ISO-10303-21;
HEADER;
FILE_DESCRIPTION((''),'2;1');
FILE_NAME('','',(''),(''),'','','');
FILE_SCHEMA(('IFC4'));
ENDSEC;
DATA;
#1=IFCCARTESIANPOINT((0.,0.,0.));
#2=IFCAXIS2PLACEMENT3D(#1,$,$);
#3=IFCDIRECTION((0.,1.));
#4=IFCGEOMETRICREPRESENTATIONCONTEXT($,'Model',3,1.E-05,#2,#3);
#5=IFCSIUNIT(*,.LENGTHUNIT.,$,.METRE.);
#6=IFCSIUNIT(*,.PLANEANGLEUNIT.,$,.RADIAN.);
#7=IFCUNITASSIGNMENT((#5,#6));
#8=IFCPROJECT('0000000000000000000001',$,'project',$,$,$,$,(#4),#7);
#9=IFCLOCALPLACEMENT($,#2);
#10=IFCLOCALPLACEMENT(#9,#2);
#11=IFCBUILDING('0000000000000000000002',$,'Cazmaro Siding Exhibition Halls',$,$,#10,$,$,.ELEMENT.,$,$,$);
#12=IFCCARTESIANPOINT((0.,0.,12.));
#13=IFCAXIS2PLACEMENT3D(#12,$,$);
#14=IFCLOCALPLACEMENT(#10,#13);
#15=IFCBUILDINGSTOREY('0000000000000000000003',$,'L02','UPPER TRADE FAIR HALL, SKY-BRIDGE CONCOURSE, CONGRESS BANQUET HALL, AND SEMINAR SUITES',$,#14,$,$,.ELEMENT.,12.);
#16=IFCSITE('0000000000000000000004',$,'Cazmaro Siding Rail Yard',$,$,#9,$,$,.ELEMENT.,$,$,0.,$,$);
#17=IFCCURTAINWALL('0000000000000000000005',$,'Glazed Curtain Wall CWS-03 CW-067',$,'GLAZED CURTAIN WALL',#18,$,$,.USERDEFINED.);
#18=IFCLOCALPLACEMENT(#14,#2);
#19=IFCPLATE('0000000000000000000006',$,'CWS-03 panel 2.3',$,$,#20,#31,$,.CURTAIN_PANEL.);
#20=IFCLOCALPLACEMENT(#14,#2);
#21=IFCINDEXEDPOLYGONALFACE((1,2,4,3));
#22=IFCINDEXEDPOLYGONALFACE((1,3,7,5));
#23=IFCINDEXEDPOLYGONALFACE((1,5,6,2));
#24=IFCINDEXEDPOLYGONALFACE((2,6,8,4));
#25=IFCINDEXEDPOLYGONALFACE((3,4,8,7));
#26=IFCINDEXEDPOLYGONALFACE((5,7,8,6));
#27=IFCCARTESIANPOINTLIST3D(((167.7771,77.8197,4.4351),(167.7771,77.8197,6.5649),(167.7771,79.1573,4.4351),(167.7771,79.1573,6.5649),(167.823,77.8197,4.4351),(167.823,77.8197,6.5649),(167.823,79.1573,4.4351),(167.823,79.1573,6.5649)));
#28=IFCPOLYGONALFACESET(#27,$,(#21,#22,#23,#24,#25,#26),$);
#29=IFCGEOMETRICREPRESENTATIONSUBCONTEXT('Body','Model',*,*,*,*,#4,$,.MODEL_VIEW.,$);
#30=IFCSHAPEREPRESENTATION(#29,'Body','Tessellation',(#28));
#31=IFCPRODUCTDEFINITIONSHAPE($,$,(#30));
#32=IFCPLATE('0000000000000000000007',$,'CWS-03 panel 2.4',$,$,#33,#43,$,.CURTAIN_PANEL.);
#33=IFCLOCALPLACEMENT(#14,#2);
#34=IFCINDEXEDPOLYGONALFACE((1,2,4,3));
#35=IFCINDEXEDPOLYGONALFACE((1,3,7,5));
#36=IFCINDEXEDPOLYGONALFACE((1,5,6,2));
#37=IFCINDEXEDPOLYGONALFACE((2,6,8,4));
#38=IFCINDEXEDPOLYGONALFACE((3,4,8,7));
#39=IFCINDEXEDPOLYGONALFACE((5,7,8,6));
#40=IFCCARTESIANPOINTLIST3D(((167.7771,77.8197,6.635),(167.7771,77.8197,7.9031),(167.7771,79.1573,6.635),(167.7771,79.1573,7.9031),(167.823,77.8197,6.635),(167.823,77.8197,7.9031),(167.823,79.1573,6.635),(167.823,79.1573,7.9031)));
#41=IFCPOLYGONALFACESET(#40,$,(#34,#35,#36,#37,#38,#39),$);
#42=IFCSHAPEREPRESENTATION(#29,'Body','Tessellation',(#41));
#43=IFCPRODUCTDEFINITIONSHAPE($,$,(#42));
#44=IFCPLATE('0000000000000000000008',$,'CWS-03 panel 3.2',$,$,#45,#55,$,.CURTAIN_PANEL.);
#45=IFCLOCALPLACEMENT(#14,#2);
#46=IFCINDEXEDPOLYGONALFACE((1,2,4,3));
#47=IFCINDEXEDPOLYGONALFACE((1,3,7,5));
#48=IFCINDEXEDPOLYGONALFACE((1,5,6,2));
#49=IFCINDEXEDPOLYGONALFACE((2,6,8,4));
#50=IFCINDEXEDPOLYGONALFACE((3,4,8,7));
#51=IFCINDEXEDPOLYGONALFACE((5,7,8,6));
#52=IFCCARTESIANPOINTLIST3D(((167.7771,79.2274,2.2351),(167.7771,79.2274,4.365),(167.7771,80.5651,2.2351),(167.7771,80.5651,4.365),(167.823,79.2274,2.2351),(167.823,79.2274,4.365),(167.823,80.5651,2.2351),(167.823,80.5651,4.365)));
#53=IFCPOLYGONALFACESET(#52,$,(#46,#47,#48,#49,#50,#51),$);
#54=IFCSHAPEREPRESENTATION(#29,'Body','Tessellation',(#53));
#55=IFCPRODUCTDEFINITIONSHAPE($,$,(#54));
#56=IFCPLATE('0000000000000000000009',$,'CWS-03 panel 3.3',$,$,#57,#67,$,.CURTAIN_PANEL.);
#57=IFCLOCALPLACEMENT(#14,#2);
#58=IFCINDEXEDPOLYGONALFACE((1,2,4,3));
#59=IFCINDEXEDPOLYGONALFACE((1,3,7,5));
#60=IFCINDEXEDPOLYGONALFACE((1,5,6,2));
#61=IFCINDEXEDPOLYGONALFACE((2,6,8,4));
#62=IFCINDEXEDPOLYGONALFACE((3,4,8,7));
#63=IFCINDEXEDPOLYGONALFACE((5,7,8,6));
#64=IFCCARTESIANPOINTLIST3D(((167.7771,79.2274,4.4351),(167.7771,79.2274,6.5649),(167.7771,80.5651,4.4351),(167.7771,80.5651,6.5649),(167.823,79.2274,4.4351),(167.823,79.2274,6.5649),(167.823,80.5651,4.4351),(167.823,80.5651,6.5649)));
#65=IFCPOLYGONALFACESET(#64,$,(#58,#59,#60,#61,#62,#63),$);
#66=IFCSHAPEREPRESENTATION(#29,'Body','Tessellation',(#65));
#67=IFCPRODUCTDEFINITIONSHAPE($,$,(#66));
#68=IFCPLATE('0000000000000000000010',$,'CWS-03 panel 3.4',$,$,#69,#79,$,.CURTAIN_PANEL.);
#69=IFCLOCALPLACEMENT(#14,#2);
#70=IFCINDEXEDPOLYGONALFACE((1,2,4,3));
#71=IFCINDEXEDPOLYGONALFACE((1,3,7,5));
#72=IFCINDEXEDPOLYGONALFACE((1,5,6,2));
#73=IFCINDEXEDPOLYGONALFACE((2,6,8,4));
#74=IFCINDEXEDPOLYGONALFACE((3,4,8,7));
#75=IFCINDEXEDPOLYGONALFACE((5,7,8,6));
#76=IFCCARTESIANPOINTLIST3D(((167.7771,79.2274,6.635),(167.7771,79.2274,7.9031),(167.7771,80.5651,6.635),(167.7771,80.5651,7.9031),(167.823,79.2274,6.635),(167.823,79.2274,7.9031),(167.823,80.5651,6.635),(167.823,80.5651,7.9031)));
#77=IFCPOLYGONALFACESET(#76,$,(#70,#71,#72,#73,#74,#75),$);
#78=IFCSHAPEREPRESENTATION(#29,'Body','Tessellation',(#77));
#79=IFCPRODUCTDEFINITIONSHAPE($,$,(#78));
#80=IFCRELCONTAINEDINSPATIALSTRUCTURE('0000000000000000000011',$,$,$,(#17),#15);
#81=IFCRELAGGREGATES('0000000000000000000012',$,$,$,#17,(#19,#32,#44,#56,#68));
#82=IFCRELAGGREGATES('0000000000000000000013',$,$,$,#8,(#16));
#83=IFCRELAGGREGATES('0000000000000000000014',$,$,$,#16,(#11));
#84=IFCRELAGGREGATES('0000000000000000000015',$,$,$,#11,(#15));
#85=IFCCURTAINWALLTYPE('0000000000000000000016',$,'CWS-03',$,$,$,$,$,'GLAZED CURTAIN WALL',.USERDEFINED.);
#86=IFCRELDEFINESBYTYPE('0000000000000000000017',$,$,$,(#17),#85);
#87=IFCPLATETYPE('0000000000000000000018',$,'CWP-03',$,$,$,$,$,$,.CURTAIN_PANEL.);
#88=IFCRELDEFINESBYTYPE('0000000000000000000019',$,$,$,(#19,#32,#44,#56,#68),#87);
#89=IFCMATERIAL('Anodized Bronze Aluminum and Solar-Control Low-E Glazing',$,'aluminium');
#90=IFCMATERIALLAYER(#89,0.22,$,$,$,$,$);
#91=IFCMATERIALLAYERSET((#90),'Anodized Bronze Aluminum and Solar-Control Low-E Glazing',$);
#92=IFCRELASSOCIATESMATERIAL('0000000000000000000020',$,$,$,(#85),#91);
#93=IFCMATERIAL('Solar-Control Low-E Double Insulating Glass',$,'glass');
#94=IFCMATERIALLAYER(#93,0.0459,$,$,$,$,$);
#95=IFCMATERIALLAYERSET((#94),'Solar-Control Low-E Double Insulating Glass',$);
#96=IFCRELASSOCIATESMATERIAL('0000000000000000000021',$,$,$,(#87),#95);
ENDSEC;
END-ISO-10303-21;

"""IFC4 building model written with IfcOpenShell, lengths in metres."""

from ifc_helpers import new_model, si_unit, direction, frame, origin, origin_2d, place, context, subcontext, project, spatial, rectangle, extrude, material, layer, layer_set, type_object, element, aggregate, save


model = new_model("IFC4")

# Units and contexts
model_context = context("Model", 3, precision=1e-05, world=origin(), true_north=direction((0.0, 1.0)))
body_context = subcontext(model_context, "Body", "Model", "MODEL_VIEW")
ifc_project = project(units=[si_unit("LENGTHUNIT", "METRE"), si_unit("PLANEANGLEUNIT", "RADIAN")], contexts=[model_context])

# Site, building, storey
site_placement = place(None, origin())
site = spatial("IfcSite", under=ifc_project, at=site_placement, Name="Cazmaro Siding Rail Yard", CompositionType="ELEMENT", RefElevation=0.0)
building_placement = place(site_placement, origin())
building = spatial("IfcBuilding", under=site, at=building_placement, Name="Cazmaro Siding Exhibition Halls", CompositionType="ELEMENT")
storey_placement = place(building_placement, frame((0.0, 0.0, 12.0)))
storey = spatial("IfcBuildingStorey", under=building, at=storey_placement, Name="L02", Description="UPPER TRADE FAIR HALL, SKY-BRIDGE CONCOURSE, CONGRESS BANQUET HALL, AND SEMINAR SUITES", CompositionType="ELEMENT", Elevation=12.0)

# Curtain wall, plates
ifc_material_1 = material(Name="Anodized Bronze Aluminum and Solar-Control Low-E Glazing", Category="aluminium")
ifc_layer_1 = layer(ifc_material_1, 0.22)
ifc_layer_set_1 = layer_set([ifc_layer_1], Name="Anodized Bronze Aluminum and Solar-Control Low-E Glazing")
curtain_wall_type = type_object("IfcCurtainWallType", Name="CWS-03", ElementType="GLAZED CURTAIN WALL", PredefinedType="USERDEFINED", material=ifc_layer_set_1)
curtain_wall_placement = place(storey_placement, origin())
curtain_wall = element("IfcCurtainWall", 1, at=curtain_wall_placement, inside=storey, type_object=curtain_wall_type, Name="Glazed Curtain Wall CWS-03 CW-067", ObjectType="GLAZED CURTAIN WALL", PredefinedType="USERDEFINED")
ifc_material_2 = material(Name="Solar-Control Low-E Double Insulating Glass", Category="glass")
ifc_layer_2 = layer(ifc_material_2, 0.0459)
ifc_layer_set_2 = layer_set([ifc_layer_2], Name="Solar-Control Low-E Double Insulating Glass")
plate_type = type_object("IfcPlateType", Name="CWP-03", PredefinedType="CURTAIN_PANEL", material=ifc_layer_set_2)
plate_1_placement = place(storey_placement, frame((167.8, 78.4885, 4.4351), z_axis=(0.0, 0.0, 1.0), x_axis=(0.0, 1.0, 0.0)))
plate_1 = element("IfcPlate", 2, at=plate_1_placement, type_object=plate_type, Name="CWS-03 panel 2.3", PredefinedType="CURTAIN_PANEL", context=body_context, shape_type="SweptSolid", body=[
    extrude(rectangle(XDim=1.3376, YDim=0.0459, at=origin_2d()), origin(), (0.0, 0.0, 1.0), 2.1299),
])
plate_2_placement = place(storey_placement, frame((167.8, 78.4885, 6.635), z_axis=(0.0, 0.0, 1.0), x_axis=(0.0, 1.0, 0.0)))
plate_2 = element("IfcPlate", 3, at=plate_2_placement, type_object=plate_type, Name="CWS-03 panel 2.4", PredefinedType="CURTAIN_PANEL", context=body_context, shape_type="SweptSolid", body=[
    extrude(rectangle(XDim=1.3376, YDim=0.0459, at=origin_2d()), origin(), (0.0, 0.0, 1.0), 1.2681),
])
plate_3_placement = place(storey_placement, frame((167.8, 79.8962, 2.2351), z_axis=(0.0, 0.0, 1.0), x_axis=(0.0, 1.0, 0.0)))
plate_3 = element("IfcPlate", 4, at=plate_3_placement, type_object=plate_type, Name="CWS-03 panel 3.2", PredefinedType="CURTAIN_PANEL", context=body_context, shape_type="SweptSolid", body=[
    extrude(rectangle(XDim=1.3376, YDim=0.0459, at=origin_2d()), origin(), (0.0, 0.0, 1.0), 2.1299),
])
plate_4_placement = place(storey_placement, frame((167.8, 79.8962, 4.4351), z_axis=(0.0, 0.0, 1.0), x_axis=(0.0, 1.0, 0.0)))
plate_4 = element("IfcPlate", 5, at=plate_4_placement, type_object=plate_type, Name="CWS-03 panel 3.3", PredefinedType="CURTAIN_PANEL", context=body_context, shape_type="SweptSolid", body=[
    extrude(rectangle(XDim=1.3376, YDim=0.0459, at=origin_2d()), origin(), (0.0, 0.0, 1.0), 2.1299),
])
plate_5_placement = place(storey_placement, frame((167.8, 79.8962, 6.635), z_axis=(0.0, 0.0, 1.0), x_axis=(0.0, 1.0, 0.0)))
plate_5 = element("IfcPlate", 6, at=plate_5_placement, type_object=plate_type, Name="CWS-03 panel 3.4", PredefinedType="CURTAIN_PANEL", context=body_context, shape_type="SweptSolid", body=[
    extrude(rectangle(XDim=1.3376, YDim=0.0459, at=origin_2d()), origin(), (0.0, 0.0, 1.0), 1.2681),
])
aggregate(curtain_wall, [plate_1, plate_2, plate_3, plate_4, plate_5])

save(model, "model.ifc")
